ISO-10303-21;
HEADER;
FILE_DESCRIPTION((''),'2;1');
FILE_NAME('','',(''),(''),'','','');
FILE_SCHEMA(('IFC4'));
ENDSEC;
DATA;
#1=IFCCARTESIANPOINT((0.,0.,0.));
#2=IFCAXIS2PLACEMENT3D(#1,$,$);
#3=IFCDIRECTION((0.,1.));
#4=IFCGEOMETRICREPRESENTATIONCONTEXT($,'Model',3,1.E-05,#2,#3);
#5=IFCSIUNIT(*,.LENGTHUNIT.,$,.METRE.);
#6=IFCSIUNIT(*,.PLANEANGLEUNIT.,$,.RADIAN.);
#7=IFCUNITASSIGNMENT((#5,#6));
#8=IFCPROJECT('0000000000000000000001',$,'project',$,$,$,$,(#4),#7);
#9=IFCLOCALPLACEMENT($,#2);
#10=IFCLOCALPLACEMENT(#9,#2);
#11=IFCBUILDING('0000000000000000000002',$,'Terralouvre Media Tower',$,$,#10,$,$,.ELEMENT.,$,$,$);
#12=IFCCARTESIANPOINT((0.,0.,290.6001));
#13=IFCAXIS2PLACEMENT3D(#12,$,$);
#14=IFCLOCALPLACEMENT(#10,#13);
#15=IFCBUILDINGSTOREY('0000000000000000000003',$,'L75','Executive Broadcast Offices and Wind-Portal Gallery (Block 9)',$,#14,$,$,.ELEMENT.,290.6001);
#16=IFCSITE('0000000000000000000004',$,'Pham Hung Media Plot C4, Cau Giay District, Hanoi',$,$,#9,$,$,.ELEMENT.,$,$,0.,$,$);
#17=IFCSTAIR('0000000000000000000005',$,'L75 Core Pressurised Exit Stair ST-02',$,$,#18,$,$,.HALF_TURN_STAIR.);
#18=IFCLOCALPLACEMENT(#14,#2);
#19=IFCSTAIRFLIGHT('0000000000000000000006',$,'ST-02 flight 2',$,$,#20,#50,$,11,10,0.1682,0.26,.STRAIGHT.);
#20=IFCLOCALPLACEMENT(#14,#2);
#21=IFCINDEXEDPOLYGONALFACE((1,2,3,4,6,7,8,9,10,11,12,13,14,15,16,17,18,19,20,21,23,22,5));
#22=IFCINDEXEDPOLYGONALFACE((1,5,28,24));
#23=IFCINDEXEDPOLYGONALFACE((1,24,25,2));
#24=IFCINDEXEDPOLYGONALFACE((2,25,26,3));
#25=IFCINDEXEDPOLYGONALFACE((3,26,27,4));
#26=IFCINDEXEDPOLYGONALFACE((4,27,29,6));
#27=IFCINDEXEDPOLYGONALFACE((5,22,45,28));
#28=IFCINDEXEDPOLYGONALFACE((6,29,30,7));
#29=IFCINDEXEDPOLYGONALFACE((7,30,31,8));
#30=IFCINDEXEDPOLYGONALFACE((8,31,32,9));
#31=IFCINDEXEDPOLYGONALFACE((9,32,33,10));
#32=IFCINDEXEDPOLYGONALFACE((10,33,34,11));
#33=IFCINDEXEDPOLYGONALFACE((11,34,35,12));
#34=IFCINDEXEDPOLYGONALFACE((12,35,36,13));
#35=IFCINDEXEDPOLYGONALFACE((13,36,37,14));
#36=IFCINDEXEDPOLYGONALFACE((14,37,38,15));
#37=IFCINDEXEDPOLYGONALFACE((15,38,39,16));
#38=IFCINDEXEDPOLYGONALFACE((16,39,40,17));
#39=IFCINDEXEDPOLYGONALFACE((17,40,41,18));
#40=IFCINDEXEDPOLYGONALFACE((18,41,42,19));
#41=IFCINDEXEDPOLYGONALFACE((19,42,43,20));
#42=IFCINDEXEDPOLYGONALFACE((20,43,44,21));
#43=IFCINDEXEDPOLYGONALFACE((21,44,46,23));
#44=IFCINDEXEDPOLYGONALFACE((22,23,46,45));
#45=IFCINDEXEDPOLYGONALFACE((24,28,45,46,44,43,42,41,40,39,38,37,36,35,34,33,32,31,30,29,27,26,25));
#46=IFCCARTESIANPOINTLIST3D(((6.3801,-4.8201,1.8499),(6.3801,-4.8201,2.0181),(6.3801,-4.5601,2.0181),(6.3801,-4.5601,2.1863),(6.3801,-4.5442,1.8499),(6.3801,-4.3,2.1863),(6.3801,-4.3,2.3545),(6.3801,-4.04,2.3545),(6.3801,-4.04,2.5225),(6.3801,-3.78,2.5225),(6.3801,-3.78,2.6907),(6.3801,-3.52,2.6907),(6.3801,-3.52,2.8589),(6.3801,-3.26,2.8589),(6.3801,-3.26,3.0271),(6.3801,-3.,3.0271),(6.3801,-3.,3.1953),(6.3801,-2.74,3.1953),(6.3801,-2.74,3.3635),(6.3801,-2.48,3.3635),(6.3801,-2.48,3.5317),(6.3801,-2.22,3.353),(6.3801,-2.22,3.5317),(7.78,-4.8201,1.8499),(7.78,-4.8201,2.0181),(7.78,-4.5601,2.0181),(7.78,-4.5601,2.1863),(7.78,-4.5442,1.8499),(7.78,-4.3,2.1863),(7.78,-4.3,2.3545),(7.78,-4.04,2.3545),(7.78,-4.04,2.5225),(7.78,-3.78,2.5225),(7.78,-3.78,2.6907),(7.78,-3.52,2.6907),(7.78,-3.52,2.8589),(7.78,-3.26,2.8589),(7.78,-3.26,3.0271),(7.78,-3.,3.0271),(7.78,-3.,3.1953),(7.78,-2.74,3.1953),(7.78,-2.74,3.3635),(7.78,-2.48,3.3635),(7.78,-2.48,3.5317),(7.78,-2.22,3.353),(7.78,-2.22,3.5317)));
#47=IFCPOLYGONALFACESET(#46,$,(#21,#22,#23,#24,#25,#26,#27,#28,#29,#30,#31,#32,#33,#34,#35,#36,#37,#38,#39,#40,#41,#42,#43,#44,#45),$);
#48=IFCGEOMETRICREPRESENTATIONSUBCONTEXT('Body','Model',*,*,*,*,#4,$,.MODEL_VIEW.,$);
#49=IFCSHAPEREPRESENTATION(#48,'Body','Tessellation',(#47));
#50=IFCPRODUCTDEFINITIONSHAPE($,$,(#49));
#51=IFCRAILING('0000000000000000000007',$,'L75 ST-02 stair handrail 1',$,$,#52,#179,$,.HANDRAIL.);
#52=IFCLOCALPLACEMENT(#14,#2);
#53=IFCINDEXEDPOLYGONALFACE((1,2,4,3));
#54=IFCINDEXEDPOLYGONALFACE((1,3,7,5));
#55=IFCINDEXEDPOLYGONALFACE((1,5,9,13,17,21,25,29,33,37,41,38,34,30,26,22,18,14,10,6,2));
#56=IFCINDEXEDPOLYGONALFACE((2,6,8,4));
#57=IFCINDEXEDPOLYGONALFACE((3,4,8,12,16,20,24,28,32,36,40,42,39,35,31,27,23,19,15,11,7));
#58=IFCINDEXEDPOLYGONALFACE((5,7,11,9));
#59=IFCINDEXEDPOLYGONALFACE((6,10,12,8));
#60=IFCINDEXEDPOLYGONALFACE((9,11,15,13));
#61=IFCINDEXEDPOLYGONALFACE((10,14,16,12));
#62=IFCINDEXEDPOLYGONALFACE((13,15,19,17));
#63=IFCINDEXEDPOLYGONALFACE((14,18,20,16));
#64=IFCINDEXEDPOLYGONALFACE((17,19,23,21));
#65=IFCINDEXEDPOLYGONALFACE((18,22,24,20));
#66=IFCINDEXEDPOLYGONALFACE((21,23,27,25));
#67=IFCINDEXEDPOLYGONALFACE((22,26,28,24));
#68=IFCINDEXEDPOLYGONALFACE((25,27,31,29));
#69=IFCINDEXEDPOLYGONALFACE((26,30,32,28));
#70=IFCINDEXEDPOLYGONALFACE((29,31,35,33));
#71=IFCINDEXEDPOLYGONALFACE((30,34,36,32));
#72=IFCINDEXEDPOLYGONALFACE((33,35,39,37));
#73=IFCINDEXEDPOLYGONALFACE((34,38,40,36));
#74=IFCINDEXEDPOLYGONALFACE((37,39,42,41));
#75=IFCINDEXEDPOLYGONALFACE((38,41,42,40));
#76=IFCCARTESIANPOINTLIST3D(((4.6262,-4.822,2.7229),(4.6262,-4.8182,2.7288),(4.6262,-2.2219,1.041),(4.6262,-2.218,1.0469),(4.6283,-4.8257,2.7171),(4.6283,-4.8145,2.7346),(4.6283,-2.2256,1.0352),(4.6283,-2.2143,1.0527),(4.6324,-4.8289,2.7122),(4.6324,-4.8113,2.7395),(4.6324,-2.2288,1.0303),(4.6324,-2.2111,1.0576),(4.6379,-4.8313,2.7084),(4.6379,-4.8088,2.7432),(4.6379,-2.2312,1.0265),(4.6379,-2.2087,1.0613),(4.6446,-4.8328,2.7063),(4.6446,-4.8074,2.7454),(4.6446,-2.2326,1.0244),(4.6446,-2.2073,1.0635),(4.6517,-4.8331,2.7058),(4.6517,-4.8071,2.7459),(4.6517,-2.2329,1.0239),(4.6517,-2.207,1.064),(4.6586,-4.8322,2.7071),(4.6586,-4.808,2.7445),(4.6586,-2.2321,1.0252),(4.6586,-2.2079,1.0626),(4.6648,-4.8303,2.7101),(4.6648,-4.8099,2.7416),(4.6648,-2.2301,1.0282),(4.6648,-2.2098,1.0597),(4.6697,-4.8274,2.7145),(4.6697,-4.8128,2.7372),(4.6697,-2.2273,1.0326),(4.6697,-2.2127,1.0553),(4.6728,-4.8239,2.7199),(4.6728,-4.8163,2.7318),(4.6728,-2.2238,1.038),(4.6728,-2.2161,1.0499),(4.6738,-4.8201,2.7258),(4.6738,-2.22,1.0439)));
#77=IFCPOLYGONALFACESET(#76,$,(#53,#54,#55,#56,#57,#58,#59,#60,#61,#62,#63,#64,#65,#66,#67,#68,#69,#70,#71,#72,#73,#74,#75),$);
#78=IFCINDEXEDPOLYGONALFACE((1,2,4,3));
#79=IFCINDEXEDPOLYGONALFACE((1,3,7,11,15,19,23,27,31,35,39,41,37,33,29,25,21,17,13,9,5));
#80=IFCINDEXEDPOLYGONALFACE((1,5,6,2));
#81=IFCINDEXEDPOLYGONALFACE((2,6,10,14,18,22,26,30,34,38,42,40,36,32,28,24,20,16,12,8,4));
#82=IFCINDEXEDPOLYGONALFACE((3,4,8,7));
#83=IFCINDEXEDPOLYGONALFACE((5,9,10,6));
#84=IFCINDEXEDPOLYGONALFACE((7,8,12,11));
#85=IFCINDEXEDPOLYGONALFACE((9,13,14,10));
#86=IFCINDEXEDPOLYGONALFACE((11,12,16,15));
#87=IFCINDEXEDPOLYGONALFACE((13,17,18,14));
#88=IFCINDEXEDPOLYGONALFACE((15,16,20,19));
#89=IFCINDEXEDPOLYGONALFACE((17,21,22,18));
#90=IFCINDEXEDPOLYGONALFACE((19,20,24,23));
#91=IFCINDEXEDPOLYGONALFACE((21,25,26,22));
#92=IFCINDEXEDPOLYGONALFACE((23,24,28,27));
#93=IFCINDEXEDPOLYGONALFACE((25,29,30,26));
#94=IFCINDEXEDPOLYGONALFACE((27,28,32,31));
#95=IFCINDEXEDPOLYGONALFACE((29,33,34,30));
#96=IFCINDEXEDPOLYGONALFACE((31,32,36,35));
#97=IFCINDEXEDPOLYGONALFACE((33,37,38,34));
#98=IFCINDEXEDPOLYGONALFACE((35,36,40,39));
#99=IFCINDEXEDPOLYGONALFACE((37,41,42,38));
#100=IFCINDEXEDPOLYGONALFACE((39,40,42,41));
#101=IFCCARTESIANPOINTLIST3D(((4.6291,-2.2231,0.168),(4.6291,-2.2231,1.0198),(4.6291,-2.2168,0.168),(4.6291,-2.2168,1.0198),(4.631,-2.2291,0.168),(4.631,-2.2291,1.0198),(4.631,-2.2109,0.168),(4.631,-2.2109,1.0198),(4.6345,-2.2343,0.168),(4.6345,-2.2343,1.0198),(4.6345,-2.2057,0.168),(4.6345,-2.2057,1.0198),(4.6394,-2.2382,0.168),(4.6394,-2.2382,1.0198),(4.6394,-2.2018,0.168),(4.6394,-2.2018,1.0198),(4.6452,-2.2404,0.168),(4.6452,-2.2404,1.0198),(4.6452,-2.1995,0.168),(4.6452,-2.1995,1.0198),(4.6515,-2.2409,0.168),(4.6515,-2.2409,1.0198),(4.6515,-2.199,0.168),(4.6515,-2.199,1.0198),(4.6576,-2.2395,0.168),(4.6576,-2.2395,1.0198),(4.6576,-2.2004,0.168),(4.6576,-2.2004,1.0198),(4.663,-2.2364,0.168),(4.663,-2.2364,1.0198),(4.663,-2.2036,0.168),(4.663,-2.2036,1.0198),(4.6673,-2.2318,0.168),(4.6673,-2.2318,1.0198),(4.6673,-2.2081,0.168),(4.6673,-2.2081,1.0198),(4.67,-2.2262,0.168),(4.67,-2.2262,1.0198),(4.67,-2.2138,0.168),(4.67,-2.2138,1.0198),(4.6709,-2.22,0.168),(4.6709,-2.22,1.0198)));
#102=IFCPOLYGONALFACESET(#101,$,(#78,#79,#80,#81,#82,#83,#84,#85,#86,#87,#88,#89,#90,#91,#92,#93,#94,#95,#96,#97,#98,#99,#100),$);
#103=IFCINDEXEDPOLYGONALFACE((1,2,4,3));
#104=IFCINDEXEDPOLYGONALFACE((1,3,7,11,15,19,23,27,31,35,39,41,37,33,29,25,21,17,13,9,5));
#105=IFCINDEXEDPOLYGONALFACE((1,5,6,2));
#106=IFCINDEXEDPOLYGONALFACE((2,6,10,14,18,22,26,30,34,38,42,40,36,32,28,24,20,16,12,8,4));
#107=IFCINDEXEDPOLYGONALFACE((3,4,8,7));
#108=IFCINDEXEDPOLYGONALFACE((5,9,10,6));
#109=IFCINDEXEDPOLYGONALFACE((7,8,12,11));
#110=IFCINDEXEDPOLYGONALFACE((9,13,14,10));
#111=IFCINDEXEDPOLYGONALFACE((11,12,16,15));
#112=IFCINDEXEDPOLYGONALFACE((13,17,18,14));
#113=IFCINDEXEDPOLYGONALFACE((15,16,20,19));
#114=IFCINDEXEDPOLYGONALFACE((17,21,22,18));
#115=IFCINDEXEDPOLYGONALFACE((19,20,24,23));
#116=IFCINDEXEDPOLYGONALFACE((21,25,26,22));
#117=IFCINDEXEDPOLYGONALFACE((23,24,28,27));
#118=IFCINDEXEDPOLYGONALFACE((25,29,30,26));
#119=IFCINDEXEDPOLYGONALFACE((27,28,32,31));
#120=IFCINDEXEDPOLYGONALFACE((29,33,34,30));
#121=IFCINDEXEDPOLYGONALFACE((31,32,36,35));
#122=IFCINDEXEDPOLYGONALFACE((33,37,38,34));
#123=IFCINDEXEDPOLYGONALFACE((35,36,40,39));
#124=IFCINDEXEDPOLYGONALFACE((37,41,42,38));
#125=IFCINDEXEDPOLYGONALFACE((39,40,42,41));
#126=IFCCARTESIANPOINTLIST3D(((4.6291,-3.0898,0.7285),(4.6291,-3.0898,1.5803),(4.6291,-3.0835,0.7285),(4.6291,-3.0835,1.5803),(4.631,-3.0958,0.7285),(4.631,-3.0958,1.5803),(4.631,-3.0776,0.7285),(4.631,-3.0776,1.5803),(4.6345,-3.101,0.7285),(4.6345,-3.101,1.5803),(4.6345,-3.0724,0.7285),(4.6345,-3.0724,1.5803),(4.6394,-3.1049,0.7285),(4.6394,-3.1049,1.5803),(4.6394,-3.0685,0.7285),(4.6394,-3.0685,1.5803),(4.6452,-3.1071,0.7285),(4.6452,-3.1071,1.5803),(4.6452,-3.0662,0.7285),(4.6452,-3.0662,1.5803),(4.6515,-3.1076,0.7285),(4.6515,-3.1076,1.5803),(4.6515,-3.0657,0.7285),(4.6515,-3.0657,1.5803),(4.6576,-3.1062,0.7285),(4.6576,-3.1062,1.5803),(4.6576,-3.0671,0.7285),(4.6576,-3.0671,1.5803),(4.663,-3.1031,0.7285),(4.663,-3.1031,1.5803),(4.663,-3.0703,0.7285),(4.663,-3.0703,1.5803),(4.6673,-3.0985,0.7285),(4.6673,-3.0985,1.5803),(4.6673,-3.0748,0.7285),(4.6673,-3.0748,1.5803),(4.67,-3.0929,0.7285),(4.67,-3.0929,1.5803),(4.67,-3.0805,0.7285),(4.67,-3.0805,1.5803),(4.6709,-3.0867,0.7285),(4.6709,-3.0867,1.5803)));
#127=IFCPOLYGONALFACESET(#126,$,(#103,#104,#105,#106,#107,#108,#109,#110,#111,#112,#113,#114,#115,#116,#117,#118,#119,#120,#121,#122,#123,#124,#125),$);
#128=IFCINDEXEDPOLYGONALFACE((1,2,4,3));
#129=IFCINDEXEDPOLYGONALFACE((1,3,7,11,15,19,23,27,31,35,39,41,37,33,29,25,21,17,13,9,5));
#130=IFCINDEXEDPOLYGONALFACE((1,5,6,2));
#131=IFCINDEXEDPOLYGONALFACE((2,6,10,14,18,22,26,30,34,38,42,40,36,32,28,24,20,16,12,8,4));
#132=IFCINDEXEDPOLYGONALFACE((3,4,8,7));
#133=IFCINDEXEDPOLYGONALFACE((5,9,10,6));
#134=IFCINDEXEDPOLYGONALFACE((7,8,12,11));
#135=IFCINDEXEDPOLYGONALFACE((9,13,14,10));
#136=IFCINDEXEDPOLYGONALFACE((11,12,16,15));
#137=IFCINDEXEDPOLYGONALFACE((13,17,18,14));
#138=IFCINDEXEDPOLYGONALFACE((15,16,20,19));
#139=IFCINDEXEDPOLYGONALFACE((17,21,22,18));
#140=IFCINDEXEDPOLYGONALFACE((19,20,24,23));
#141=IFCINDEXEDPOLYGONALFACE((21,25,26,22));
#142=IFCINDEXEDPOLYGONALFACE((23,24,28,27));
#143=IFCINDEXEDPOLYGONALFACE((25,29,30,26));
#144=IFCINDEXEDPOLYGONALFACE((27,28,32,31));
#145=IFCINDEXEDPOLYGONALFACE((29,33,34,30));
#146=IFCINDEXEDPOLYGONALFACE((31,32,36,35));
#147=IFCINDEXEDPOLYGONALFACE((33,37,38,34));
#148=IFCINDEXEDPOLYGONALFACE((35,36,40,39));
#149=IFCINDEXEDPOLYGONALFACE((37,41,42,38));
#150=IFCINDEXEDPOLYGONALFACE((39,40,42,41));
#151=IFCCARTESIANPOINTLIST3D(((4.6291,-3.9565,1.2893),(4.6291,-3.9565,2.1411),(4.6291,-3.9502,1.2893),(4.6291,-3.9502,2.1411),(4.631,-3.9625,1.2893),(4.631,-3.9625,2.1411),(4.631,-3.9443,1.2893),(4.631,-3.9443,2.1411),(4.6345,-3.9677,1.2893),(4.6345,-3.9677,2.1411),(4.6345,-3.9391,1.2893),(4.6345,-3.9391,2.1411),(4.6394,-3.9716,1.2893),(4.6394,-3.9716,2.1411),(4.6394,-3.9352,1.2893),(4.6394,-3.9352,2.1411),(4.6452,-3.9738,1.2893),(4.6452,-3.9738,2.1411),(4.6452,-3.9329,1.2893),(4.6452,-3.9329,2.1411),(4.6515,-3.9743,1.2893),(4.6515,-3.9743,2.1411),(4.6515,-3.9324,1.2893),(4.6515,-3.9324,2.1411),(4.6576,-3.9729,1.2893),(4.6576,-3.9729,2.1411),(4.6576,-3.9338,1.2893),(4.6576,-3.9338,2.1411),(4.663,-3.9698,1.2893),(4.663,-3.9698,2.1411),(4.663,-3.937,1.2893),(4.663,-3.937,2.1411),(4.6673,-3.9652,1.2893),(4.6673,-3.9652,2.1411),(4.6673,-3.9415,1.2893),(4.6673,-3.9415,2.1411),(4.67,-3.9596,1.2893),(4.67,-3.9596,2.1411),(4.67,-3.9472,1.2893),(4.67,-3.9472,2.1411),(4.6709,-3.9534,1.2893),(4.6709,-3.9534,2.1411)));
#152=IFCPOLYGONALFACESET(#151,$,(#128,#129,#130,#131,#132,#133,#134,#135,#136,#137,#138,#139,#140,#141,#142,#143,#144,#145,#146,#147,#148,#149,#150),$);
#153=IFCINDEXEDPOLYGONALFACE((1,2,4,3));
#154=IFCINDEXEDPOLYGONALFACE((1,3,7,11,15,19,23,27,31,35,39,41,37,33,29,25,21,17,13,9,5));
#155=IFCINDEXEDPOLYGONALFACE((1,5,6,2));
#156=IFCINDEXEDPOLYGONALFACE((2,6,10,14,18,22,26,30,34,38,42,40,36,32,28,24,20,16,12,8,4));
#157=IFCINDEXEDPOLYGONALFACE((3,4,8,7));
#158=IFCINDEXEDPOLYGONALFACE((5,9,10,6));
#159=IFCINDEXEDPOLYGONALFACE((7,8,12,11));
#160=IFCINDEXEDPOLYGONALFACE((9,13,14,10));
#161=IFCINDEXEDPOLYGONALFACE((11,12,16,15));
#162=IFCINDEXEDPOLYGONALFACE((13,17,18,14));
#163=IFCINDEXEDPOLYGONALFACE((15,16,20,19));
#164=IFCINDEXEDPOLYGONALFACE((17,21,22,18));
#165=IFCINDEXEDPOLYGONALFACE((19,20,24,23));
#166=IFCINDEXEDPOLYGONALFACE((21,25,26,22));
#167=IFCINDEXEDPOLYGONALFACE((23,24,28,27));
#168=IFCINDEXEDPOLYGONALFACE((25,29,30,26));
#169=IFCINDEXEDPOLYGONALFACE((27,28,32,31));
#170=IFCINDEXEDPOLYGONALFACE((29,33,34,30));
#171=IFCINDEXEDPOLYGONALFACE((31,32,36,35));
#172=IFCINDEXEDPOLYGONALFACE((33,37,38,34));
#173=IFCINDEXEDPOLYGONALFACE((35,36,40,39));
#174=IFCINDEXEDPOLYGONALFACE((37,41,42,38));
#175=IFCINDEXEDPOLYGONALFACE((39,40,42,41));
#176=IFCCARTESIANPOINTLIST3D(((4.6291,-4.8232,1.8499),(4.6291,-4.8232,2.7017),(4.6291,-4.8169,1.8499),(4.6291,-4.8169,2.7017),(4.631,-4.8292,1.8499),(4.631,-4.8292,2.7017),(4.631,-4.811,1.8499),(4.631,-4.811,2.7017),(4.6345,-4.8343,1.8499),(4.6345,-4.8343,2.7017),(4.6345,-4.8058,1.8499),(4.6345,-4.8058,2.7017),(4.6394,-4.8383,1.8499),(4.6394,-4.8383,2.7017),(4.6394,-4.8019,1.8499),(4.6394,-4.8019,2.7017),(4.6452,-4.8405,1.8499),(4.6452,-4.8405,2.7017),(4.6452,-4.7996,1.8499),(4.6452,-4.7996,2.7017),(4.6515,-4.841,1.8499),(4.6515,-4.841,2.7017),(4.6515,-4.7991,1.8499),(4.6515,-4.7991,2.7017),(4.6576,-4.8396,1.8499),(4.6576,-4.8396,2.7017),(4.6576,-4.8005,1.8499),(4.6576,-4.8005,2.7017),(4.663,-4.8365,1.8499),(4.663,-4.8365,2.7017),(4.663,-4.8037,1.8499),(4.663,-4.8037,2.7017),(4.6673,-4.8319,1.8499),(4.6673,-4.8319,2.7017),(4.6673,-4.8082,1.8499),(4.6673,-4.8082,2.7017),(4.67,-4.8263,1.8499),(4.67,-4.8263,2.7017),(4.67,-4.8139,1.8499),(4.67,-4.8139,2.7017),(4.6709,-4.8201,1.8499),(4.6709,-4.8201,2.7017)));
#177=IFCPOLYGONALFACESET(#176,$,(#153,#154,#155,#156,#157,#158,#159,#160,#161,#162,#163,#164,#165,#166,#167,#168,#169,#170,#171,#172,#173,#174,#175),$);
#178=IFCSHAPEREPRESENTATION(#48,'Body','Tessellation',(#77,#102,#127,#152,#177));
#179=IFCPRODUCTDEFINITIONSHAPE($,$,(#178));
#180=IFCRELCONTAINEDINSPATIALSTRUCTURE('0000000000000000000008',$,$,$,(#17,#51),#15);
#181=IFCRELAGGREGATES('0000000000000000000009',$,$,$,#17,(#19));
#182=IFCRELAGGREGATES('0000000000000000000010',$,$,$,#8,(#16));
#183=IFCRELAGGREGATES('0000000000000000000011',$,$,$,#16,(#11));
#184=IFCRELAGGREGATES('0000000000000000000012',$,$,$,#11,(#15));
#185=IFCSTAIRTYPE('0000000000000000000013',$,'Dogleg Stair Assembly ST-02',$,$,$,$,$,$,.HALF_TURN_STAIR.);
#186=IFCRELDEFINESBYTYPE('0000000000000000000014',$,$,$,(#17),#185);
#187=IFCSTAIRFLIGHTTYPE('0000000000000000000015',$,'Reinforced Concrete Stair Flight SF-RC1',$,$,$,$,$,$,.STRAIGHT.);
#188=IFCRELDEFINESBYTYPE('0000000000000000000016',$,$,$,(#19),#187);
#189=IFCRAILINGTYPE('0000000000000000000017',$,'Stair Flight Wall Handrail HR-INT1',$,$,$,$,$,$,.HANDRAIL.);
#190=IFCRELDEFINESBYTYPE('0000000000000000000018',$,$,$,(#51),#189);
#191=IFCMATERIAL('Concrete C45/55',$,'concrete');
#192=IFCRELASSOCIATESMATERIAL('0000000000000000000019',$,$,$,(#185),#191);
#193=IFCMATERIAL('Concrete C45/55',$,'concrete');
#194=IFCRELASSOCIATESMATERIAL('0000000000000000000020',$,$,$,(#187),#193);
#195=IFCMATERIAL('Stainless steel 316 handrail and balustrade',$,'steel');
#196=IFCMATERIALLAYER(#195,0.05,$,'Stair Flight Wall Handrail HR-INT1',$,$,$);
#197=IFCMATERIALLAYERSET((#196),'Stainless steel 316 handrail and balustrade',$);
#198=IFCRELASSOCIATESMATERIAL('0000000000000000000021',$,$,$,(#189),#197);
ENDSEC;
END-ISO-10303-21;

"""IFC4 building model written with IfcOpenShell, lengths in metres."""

from ifc_helpers import new_model, si_unit, direction, frame, origin, origin_2d, place, context, subcontext, project, spatial, polyline, circle, outline, extrude, material, layer, layer_set, type_object, element, aggregate, save


model = new_model("IFC4")

# Units and contexts
model_context = context("Model", 3, precision=1e-05, world=origin(), true_north=direction((0.0, 1.0)))
body_context = subcontext(model_context, "Body", "Model", "MODEL_VIEW")
ifc_project = project(units=[si_unit("LENGTHUNIT", "METRE"), si_unit("PLANEANGLEUNIT", "RADIAN")], contexts=[model_context])

# Site, building, storey
site_placement = place(None, origin())
site = spatial("IfcSite", under=ifc_project, at=site_placement, Name="Pham Hung Media Plot C4, Cau Giay District, Hanoi", CompositionType="ELEMENT", RefElevation=0.0)
building_placement = place(site_placement, origin())
building = spatial("IfcBuilding", under=site, at=building_placement, Name="Terralouvre Media Tower", CompositionType="ELEMENT")
storey_placement = place(building_placement, frame((0.0, 0.0, 290.6001)))
storey = spatial("IfcBuildingStorey", under=building, at=storey_placement, Name="L75", Description="Executive Broadcast Offices and Wind-Portal Gallery (Block 9)", CompositionType="ELEMENT", Elevation=290.6001)

# Stair, stair flight
ifc_material_1 = material(Name="Concrete C45/55", Category="concrete")
stair_type = type_object("IfcStairType", Name="Dogleg Stair Assembly ST-02", PredefinedType="HALF_TURN_STAIR", material=ifc_material_1)
stair_placement = place(storey_placement, origin())
stair = element("IfcStair", 1, at=stair_placement, inside=storey, type_object=stair_type, Name="L75 Core Pressurised Exit Stair ST-02", PredefinedType="HALF_TURN_STAIR")
ifc_material_2 = material(Name="Concrete C45/55", Category="concrete")
stair_flight_type = type_object("IfcStairFlightType", Name="Reinforced Concrete Stair Flight SF-RC1", PredefinedType="STRAIGHT", material=ifc_material_2)
stair_flight_1_placement = place(storey_placement, frame((7.0801, -4.8201, 1.8499), z_axis=(0.0, 0.0, 1.0), x_axis=(0.0, 1.0, 0.0)))
stair_flight_1 = element("IfcStairFlight", 2, at=stair_flight_1_placement, type_object=stair_flight_type, Name="ST-02 flight 2", NumberOfRisers=11, NumberOfTreads=10, PredefinedType="STRAIGHT", RiserHeight=0.1682, TreadLength=0.26, context=body_context, shape_type="SweptSolid", body=[
    extrude(outline(polyline([(0.0, 0.0), (0.0, 0.1682), (0.26, 0.1682), (0.26, 0.3364), (0.52, 0.3364), (0.52, 0.5046), (0.78, 0.5046), (0.78, 0.6726), (1.04, 0.6726), (1.04, 0.8408), (1.3, 0.8408), (1.3, 1.009), (1.5601, 1.009), (1.5601, 1.1772), (1.8201, 1.1772), (1.8201, 1.3455), (2.0801, 1.3455), (2.0801, 1.5137), (2.3401, 1.5137), (2.3401, 1.6819), (2.6001, 1.6819), (2.6001, 1.8501), (2.6001, 1.5032), (0.2759, 0.0), (0.0, 0.0)])), frame((0.0, 0.7, 0.0), z_axis=(0.0, -1.0, 0.0), x_axis=(1.0, 0.0, 0.0)), (0.0, 0.0, 1.0), 1.3999),
])
aggregate(stair, [stair_flight_1])

# Railing
ifc_material_3 = material(Name="Stainless steel 316 handrail and balustrade", Category="steel")
ifc_layer_1 = layer(ifc_material_3, 0.05, Name="Stair Flight Wall Handrail HR-INT1")
ifc_layer_set_1 = layer_set([ifc_layer_1], Name="Stainless steel 316 handrail and balustrade")
railing_type_1 = type_object("IfcRailingType", Name="Stair Flight Wall Handrail HR-INT1", PredefinedType="HANDRAIL", material=ifc_layer_set_1)
railing_1_placement = place(storey_placement, frame((4.6499, -2.22, 0.168)))
element("IfcRailing", 3, at=railing_1_placement, inside=storey, type_object=railing_type_1, Name="L75 ST-02 stair handrail 1", PredefinedType="HANDRAIL", context=body_context, shape_type="SweptSolid", body=[
    extrude(circle(Radius=0.0239, at=origin_2d()), frame((0.0, 0.0, 0.876), z_axis=(0.0, -0.839648, 0.54313), x_axis=(1.0, 0.0, 0.0)), (0.0, 0.0, 1.0), 3.0967),
    extrude(circle(Radius=0.021, at=origin_2d()), origin(), (0.0, 0.0, 1.0), 0.8518),
    extrude(circle(Radius=0.021, at=origin_2d()), frame((0.0, -0.8667, 0.5605)), (0.0, 0.0, 1.0), 0.8518),
    extrude(circle(Radius=0.021, at=origin_2d()), frame((0.0, -1.7334, 1.1213)), (0.0, 0.0, 1.0), 0.8518),
    extrude(circle(Radius=0.021, at=origin_2d()), frame((0.0, -2.6001, 1.6819)), (0.0, 0.0, 1.0), 0.8518),
])

save(model, "model.ifc")
